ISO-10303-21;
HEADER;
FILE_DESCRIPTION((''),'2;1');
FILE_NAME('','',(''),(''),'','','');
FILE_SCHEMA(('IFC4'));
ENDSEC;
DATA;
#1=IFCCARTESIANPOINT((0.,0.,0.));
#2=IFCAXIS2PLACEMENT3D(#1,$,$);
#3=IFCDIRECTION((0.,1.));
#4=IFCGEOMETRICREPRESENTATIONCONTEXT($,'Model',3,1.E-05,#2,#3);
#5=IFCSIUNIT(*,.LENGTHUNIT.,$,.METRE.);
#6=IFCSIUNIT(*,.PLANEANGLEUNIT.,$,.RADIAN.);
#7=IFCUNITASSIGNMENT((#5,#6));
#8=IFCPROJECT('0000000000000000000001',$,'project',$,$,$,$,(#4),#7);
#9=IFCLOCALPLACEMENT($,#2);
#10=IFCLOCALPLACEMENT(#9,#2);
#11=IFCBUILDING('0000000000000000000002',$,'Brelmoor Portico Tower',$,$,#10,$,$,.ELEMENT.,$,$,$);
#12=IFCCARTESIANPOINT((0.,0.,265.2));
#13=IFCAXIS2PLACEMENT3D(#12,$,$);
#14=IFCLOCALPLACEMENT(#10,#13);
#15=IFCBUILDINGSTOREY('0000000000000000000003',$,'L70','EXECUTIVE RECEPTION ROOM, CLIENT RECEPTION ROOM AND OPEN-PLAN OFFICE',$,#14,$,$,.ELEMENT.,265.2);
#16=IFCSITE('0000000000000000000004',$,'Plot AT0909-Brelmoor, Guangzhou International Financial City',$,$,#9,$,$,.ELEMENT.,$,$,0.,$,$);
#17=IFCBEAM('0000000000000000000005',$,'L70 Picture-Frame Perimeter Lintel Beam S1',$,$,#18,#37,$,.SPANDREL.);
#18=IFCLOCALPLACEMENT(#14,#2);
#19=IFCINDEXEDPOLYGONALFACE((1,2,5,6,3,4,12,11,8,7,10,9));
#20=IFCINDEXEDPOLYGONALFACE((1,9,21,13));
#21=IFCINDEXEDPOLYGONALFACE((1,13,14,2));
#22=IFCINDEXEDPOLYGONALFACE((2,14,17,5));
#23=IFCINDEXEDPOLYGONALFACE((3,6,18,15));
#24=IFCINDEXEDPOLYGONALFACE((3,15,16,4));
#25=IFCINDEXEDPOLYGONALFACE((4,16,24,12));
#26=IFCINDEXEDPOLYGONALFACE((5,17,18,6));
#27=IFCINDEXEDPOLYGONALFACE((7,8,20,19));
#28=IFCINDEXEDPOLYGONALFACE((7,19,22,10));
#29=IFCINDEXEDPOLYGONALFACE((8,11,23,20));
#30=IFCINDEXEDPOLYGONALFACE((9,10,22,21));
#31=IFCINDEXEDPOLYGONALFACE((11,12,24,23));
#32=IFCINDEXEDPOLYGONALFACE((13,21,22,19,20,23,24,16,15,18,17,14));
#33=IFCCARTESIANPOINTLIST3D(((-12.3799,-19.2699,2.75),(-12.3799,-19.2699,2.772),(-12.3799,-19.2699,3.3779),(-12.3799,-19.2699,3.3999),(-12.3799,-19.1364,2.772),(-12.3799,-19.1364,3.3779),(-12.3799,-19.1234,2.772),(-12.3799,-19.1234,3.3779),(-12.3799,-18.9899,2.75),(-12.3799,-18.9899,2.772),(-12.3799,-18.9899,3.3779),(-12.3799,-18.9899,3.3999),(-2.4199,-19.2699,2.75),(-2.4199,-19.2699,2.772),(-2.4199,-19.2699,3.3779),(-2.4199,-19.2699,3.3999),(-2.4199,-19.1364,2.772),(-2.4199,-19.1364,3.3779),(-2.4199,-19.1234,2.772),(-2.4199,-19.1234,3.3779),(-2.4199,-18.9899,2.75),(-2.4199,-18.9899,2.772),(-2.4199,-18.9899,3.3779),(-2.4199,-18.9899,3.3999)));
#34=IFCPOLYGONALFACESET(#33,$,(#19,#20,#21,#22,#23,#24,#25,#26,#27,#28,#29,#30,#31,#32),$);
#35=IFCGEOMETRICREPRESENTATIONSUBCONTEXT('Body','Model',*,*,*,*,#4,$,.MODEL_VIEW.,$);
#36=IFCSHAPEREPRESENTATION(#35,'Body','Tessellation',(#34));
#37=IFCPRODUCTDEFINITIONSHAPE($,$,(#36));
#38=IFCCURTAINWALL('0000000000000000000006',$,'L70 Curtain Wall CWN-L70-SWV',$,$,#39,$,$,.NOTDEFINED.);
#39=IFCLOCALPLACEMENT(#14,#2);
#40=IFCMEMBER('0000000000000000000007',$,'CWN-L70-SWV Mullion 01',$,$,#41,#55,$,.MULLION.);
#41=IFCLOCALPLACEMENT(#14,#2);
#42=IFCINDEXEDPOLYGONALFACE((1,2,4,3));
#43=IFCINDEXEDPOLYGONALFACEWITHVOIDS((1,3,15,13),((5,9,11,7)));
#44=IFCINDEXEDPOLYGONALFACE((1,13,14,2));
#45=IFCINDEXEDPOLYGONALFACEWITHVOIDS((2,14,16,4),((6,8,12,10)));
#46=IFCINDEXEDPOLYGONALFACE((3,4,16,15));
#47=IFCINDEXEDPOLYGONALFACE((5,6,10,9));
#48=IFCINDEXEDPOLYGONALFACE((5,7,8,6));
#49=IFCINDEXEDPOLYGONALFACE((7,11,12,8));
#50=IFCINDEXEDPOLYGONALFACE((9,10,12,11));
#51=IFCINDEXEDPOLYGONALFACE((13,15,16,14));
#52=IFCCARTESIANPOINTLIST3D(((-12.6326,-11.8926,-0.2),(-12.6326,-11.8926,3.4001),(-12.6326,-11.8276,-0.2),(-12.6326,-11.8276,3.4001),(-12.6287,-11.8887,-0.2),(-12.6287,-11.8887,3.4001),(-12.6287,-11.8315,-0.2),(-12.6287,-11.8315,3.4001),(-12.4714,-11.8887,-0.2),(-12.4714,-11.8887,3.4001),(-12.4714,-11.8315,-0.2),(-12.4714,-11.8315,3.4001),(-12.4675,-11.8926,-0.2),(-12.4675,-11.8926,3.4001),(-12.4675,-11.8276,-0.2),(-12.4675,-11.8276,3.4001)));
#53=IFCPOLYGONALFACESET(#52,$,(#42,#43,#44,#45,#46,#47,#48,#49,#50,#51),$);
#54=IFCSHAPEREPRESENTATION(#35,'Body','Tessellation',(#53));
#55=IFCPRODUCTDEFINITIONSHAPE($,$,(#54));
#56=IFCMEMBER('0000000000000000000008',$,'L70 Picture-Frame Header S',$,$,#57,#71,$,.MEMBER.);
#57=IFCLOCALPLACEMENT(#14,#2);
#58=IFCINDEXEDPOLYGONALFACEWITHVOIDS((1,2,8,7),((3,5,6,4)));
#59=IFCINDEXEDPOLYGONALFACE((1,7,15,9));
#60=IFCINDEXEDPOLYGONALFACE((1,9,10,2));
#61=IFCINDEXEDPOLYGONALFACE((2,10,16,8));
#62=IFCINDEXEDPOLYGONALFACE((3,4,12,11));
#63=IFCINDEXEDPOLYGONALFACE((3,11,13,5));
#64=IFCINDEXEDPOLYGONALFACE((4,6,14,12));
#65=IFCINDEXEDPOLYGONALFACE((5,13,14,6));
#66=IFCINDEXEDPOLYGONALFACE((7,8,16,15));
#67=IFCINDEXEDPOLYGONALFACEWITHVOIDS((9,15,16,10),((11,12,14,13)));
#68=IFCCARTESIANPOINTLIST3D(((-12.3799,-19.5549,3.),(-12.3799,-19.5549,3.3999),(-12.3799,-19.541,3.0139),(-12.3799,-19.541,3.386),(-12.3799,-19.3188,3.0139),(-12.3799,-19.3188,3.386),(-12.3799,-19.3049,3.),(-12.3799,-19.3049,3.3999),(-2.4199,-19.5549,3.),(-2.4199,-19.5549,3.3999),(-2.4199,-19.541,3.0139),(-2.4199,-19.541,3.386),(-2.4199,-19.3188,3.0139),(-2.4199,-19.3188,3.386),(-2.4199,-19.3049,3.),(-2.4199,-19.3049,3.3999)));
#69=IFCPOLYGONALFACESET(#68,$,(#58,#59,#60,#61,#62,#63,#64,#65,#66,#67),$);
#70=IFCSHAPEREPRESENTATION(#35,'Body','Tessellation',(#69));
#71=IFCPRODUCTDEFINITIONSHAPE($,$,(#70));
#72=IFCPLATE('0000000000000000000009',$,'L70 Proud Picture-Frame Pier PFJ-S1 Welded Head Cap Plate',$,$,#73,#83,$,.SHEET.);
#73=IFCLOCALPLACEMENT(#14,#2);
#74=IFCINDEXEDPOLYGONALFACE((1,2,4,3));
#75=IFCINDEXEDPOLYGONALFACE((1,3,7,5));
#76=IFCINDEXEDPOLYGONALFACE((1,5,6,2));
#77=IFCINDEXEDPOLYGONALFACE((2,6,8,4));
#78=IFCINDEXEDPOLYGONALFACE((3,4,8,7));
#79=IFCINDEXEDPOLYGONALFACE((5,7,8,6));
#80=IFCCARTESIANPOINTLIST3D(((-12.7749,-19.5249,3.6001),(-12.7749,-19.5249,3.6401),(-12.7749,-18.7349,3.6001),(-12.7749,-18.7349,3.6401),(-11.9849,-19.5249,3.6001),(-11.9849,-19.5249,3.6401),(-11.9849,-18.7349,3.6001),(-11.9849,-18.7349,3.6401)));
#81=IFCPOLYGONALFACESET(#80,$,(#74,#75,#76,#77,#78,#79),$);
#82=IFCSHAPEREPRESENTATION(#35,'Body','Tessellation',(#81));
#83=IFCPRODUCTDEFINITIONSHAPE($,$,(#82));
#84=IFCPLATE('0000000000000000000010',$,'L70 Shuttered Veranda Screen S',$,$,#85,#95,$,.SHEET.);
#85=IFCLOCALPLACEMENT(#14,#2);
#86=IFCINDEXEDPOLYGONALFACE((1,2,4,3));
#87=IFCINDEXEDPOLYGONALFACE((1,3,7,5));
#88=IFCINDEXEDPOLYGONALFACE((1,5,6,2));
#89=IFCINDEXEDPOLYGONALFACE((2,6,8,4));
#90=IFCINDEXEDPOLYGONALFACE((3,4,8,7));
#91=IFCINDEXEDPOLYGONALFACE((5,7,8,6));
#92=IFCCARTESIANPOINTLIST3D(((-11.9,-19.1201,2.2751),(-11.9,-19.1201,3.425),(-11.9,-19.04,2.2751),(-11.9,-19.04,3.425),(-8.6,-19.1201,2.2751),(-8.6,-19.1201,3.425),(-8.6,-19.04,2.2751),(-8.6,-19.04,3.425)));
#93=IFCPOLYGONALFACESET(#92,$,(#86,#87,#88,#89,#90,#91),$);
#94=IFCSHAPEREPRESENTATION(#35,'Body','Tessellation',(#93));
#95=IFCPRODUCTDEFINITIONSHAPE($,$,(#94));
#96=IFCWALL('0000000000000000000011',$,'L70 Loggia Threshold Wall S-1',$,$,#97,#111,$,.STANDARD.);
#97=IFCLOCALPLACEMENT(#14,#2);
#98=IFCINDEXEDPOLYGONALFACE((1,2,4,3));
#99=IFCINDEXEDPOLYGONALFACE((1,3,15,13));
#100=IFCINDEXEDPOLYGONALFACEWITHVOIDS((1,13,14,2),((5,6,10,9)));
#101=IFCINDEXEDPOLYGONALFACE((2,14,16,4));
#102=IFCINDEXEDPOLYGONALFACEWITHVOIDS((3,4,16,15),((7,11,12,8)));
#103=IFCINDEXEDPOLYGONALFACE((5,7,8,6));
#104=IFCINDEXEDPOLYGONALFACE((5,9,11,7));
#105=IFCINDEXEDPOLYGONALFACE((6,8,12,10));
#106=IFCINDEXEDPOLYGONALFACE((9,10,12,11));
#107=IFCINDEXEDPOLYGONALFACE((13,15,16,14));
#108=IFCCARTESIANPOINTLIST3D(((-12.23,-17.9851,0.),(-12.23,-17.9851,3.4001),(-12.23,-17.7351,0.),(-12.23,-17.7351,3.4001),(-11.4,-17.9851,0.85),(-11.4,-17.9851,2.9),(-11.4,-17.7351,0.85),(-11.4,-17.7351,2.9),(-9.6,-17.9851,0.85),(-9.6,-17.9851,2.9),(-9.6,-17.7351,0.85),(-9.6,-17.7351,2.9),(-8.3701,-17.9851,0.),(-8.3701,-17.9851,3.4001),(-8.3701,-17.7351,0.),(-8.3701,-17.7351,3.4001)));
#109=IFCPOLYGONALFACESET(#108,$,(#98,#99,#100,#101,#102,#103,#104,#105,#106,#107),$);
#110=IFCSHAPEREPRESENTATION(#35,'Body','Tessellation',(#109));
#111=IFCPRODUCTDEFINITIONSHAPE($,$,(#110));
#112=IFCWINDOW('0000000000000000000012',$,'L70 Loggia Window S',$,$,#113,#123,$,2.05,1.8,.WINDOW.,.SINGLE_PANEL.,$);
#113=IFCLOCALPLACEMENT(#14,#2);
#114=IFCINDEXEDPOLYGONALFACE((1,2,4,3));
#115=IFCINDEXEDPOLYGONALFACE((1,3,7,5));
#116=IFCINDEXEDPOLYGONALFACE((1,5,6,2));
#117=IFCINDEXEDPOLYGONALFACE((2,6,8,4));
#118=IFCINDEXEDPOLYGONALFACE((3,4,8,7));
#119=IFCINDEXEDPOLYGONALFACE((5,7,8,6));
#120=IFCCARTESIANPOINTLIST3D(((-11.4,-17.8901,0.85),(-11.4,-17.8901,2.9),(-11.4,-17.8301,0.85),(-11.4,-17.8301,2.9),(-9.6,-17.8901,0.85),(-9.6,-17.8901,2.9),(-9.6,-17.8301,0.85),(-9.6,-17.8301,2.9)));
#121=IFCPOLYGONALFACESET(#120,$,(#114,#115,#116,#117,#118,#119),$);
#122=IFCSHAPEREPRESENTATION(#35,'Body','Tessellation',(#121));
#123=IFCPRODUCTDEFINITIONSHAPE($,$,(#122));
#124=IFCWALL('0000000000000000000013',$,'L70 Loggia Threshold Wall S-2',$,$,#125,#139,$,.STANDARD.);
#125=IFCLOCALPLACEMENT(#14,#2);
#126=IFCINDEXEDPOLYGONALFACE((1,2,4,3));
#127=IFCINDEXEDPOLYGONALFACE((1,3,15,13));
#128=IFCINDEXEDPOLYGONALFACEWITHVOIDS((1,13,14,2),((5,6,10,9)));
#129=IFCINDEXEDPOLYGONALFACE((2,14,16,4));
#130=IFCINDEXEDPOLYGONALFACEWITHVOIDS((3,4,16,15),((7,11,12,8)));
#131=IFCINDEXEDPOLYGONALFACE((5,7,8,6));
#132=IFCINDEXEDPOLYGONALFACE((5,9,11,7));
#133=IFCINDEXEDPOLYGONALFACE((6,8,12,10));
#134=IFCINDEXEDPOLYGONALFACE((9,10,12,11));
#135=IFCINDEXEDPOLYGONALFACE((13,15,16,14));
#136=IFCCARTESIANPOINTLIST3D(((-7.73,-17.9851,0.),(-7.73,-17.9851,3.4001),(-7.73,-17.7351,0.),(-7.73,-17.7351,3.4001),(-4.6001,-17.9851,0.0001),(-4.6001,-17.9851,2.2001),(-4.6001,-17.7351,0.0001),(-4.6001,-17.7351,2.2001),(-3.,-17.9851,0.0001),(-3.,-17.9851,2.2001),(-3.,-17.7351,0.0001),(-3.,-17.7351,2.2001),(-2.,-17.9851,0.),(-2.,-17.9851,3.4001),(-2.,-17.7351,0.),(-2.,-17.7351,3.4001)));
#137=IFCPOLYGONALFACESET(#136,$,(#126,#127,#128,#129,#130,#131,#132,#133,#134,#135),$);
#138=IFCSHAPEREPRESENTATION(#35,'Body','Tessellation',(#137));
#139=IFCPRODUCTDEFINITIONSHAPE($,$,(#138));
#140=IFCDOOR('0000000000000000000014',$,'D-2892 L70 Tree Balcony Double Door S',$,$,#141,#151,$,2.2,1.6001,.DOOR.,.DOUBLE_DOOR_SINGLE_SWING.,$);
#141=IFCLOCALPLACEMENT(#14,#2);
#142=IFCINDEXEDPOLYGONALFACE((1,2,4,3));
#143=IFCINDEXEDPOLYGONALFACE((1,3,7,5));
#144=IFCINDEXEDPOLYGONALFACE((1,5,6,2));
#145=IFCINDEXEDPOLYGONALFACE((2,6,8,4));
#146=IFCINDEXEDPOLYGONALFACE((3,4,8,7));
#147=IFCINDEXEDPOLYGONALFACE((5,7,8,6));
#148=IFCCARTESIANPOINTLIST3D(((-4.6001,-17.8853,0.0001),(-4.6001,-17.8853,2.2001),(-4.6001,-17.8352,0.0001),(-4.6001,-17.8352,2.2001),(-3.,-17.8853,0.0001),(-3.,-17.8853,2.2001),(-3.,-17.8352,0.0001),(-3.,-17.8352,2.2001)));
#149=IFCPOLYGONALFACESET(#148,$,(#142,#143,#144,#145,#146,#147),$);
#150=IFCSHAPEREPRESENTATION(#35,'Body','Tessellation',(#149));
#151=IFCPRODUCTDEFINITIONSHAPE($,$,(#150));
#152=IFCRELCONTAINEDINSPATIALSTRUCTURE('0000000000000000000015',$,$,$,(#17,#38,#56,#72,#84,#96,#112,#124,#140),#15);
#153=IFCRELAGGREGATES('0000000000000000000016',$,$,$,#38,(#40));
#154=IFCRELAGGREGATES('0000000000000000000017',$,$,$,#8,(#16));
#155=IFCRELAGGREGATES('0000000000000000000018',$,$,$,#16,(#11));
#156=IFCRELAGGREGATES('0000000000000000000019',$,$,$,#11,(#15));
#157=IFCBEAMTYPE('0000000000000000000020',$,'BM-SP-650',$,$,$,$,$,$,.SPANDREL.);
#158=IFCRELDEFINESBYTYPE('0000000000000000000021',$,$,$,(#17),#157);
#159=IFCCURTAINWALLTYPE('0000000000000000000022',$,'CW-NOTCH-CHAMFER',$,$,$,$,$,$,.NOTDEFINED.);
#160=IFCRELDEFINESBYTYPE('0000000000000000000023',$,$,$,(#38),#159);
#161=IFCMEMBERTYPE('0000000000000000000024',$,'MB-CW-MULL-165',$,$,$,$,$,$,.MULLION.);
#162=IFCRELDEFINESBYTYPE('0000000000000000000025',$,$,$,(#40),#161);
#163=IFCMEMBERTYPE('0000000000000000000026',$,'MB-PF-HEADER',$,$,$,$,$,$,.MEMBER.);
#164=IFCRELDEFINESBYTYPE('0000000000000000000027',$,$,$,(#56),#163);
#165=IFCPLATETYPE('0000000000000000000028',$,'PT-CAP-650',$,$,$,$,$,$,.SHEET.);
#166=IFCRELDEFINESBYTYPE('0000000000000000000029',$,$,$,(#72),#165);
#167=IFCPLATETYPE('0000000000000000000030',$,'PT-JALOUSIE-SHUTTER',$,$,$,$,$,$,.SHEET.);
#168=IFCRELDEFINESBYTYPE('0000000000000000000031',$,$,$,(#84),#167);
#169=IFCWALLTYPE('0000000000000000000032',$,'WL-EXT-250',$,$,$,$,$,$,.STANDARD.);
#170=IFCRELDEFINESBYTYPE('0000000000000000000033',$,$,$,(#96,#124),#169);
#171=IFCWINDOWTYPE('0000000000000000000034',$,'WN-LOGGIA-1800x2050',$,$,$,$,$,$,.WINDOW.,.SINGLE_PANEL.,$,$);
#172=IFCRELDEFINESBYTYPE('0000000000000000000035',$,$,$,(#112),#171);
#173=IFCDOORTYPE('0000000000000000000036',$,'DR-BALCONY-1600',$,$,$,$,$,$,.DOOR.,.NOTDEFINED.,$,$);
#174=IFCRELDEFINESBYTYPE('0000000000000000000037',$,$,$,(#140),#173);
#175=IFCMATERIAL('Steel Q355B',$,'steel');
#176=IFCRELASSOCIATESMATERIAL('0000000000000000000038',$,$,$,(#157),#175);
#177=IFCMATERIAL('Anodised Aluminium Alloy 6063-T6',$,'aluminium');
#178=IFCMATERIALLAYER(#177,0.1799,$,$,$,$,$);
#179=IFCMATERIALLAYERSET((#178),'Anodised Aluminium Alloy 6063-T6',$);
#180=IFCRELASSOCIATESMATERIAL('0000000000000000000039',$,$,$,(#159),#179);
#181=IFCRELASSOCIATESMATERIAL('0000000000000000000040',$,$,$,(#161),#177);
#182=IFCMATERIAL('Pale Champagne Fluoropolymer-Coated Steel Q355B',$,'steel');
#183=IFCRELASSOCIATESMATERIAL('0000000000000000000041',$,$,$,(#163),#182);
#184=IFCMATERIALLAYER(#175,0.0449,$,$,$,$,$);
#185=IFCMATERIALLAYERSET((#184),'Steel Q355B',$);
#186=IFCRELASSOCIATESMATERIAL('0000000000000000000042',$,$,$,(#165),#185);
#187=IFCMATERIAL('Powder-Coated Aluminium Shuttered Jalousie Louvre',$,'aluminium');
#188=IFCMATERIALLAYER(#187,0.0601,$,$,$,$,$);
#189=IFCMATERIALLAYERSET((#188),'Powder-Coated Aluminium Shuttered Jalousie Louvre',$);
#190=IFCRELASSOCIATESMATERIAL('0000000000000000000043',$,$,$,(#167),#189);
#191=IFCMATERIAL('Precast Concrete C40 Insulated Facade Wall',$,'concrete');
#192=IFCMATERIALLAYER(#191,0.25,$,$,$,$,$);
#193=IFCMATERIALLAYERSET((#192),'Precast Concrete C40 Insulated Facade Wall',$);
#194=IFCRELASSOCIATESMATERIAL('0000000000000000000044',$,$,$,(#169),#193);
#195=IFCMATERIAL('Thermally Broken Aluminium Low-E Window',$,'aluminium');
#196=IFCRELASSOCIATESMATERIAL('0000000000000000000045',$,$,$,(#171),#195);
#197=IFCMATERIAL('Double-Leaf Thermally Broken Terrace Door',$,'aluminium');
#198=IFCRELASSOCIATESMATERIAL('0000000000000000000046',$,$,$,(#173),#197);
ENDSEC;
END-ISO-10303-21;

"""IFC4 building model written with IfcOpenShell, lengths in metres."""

from ifc_helpers import new_model, si_unit, direction, frame, frame_2d, origin, origin_2d, place, context, subcontext, project, spatial, rectangle, hollow_rectangle, i_section, extrude, material, layer, layer_set, material_profile, profile_set, type_object, element, fill, aggregate, save


model = new_model("IFC4")

# Units and contexts
model_context = context("Model", 3, precision=1e-05, world=origin(), true_north=direction((0.0, 1.0)))
body_context = subcontext(model_context, "Body", "Model", "MODEL_VIEW")
ifc_project = project(units=[si_unit("LENGTHUNIT", "METRE"), si_unit("PLANEANGLEUNIT", "RADIAN")], contexts=[model_context])

# Site, building, storey
site_placement = place(None, origin())
site = spatial("IfcSite", under=ifc_project, at=site_placement, Name="Plot AT0909-Brelmoor, Guangzhou International Financial City", CompositionType="ELEMENT", RefElevation=0.0)
building_placement = place(site_placement, origin())
building = spatial("IfcBuilding", under=site, at=building_placement, Name="Brelmoor Portico Tower", CompositionType="ELEMENT")
storey_placement = place(building_placement, frame((0.0, 0.0, 265.2)))
storey = spatial("IfcBuildingStorey", under=building, at=storey_placement, Name="L70", Description="EXECUTIVE RECEPTION ROOM, CLIENT RECEPTION ROOM AND OPEN-PLAN OFFICE", CompositionType="ELEMENT", Elevation=265.2)

# Shared definitions
ifc_material_1 = material(Name="Steel Q355B", Category="steel")

# Beam
ifc_material_profile_1 = material_profile(ifc_material_1, i_section(OverallWidth=0.28, OverallDepth=0.6499, WebThickness=0.0129, FlangeThickness=0.022, at=origin_2d()), Name="HN 650x280x13x22")
ifc_profile_set_1 = profile_set([ifc_material_profile_1], Name="Steel Q355B")
beam_type_1 = type_object("IfcBeamType", Name="BM-SP-650", PredefinedType="SPANDREL", material=ifc_profile_set_1)
beam_1_placement = place(storey_placement, frame((-12.3799, -19.1299, 3.075), z_axis=(1.0, 0.0, 0.0), x_axis=(0.0, 1.0, 0.0)))
element("IfcBeam", 1, at=beam_1_placement, inside=storey, type_object=beam_type_1, Name="L70 Picture-Frame Perimeter Lintel Beam S1", PredefinedType="SPANDREL", context=body_context, shape_type="SweptSolid", body=[
    extrude(i_section(OverallWidth=0.28, OverallDepth=0.6499, WebThickness=0.0129, FlangeThickness=0.022, at=origin_2d()), origin(), (0.0, 0.0, 1.0), 9.96),
])

# Curtain wall, member
ifc_material_2 = material(Name="Anodised Aluminium Alloy 6063-T6", Category="aluminium")
ifc_layer_1 = layer(ifc_material_2, 0.1799)
ifc_layer_set_1 = layer_set([ifc_layer_1], Name="Anodised Aluminium Alloy 6063-T6")
curtain_wall_type = type_object("IfcCurtainWallType", Name="CW-NOTCH-CHAMFER", PredefinedType="NOTDEFINED", material=ifc_layer_set_1)
curtain_wall_placement = place(storey_placement, origin())
curtain_wall = element("IfcCurtainWall", 2, at=curtain_wall_placement, inside=storey, type_object=curtain_wall_type, Name="L70 Curtain Wall CWN-L70-SWV", PredefinedType="NOTDEFINED")
ifc_material_profile_2 = material_profile(ifc_material_2, hollow_rectangle(XDim=0.0649, YDim=0.165, WallThickness=0.0039, at=origin_2d()), Name="ALU MULLION 65x165")
ifc_profile_set_2 = profile_set([ifc_material_profile_2], Name="Anodised Aluminium Alloy 6063-T6")
member_type_1 = type_object("IfcMemberType", Name="MB-CW-MULL-165", PredefinedType="MULLION", material=ifc_profile_set_2)
member_1_placement = place(storey_placement, frame((-12.55, -11.8601, -0.2), z_axis=(0.0, 0.0, 1.0), x_axis=(0.0, 1.0, 0.0)))
member_1 = element("IfcMember", 3, at=member_1_placement, type_object=member_type_1, Name="CWN-L70-SWV Mullion 01", PredefinedType="MULLION", context=body_context, shape_type="SweptSolid", body=[
    extrude(hollow_rectangle(XDim=0.0649, YDim=0.165, WallThickness=0.0039, at=origin_2d()), origin(), (0.0, 0.0, 1.0), 3.6001),
])
aggregate(curtain_wall, [member_1])

# Member
ifc_material_3 = material(Name="Pale Champagne Fluoropolymer-Coated Steel Q355B", Category="steel")
ifc_material_profile_3 = material_profile(ifc_material_3, hollow_rectangle(XDim=0.25, YDim=0.3999, WallThickness=0.0139, at=origin_2d()), Name="RHS 250x400x14")
ifc_profile_set_3 = profile_set([ifc_material_profile_3], Name="Pale Champagne Fluoropolymer-Coated Steel Q355B")
member_type_2 = type_object("IfcMemberType", Name="MB-PF-HEADER", PredefinedType="MEMBER", material=ifc_profile_set_3)
member_2_placement = place(storey_placement, frame((-12.3799, -19.4299, 3.2), z_axis=(1.0, 0.0, 0.0), x_axis=(0.0, 1.0, 0.0)))
element("IfcMember", 4, at=member_2_placement, inside=storey, type_object=member_type_2, Name="L70 Picture-Frame Header S", PredefinedType="MEMBER", context=body_context, shape_type="SweptSolid", body=[
    extrude(hollow_rectangle(XDim=0.25, YDim=0.3999, WallThickness=0.0139, at=origin_2d()), origin(), (0.0, 0.0, 1.0), 9.96),
])

# Plates
ifc_layer_2 = layer(ifc_material_1, 0.0449)
ifc_layer_set_2 = layer_set([ifc_layer_2], Name="Steel Q355B")
plate_type_1 = type_object("IfcPlateType", Name="PT-CAP-650", PredefinedType="SHEET", material=ifc_layer_set_2)
plate_1_placement = place(storey_placement, frame((-12.3799, -19.1299, 3.6001), z_axis=(0.0, 0.0, 1.0), x_axis=(1.0, 0.0, 0.0)))
element("IfcPlate", 5, at=plate_1_placement, inside=storey, type_object=plate_type_1, Name="L70 Proud Picture-Frame Pier PFJ-S1 Welded Head Cap Plate", PredefinedType="SHEET", context=body_context, shape_type="SweptSolid", body=[
    extrude(rectangle(XDim=0.79, YDim=0.79, at=origin_2d()), origin(), (0.0, 0.0, 1.0), 0.04),
])
ifc_material_4 = material(Name="Powder-Coated Aluminium Shuttered Jalousie Louvre", Category="aluminium")
ifc_layer_3 = layer(ifc_material_4, 0.0601)
ifc_layer_set_3 = layer_set([ifc_layer_3], Name="Powder-Coated Aluminium Shuttered Jalousie Louvre")
plate_type_2 = type_object("IfcPlateType", Name="PT-JALOUSIE-SHUTTER", PredefinedType="SHEET", material=ifc_layer_set_3)
plate_2_placement = place(storey_placement, frame((-10.25, -19.0801, 2.2751), z_axis=(0.0, 0.0, 1.0), x_axis=(1.0, 0.0, 0.0)))
element("IfcPlate", 6, at=plate_2_placement, inside=storey, type_object=plate_type_2, Name="L70 Shuttered Veranda Screen S", PredefinedType="SHEET", context=body_context, shape_type="SweptSolid", body=[
    extrude(rectangle(XDim=3.3, YDim=0.0801, at=origin_2d()), origin(), (0.0, 0.0, 1.0), 1.1499),
])

# Wall, opening, window
ifc_material_5 = material(Name="Precast Concrete C40 Insulated Facade Wall", Category="concrete")
ifc_layer_4 = layer(ifc_material_5, 0.25)
ifc_layer_set_4 = layer_set([ifc_layer_4], Name="Precast Concrete C40 Insulated Facade Wall")
wall_type_1 = type_object("IfcWallType", Name="WL-EXT-250", PredefinedType="STANDARD", material=ifc_layer_set_4)
wall_1_placement = place(storey_placement, frame((-12.23, -17.8601, 0.0), z_axis=(0.0, 0.0, 1.0), x_axis=(1.0, 0.0, 0.0)))
wall_1 = element("IfcWall", 7, at=wall_1_placement, inside=storey, type_object=wall_type_1, Name="L70 Loggia Threshold Wall S-1", PredefinedType="STANDARD", context=body_context, shape_type="SweptSolid", body=[
    extrude(rectangle(XDim=3.8599, YDim=0.25, at=frame_2d((1.9299, 0.0))), origin(), (0.0, 0.0, 1.0), 3.4001),
])
opening_1_placement = place(wall_1_placement, frame((0.8301, 0.0, 0.8501)))
opening_1 = element("IfcOpeningElement", 8, at=opening_1_placement, cuts=wall_1, PredefinedType="OPENING", context=body_context, shape_type="SweptSolid", body=[
    extrude(rectangle(XDim=1.8, YDim=2.05, at=frame_2d((0.8999, 1.0249))), frame((0.0, 0.135, 0.0), z_axis=(0.0, -1.0, 0.0), x_axis=(1.0, 0.0, 0.0)), (0.0, 0.0, 1.0), 0.27),
])
ifc_material_6 = material(Name="Thermally Broken Aluminium Low-E Window", Category="aluminium")
window_type = type_object("IfcWindowType", Name="WN-LOGGIA-1800x2050", PartitioningType="SINGLE_PANEL", PredefinedType="WINDOW", material=ifc_material_6)
window_placement = place(opening_1_placement, origin())
window = element("IfcWindow", 9, at=window_placement, inside=storey, type_object=window_type, Name="L70 Loggia Window S", OverallHeight=2.05, OverallWidth=1.8, PartitioningType="SINGLE_PANEL", PredefinedType="WINDOW", context=body_context, shape_type="SweptSolid", body=[
    extrude(rectangle(XDim=1.8, YDim=2.05, at=frame_2d((0.8999, 1.0249))), frame((0.0, 0.03, 0.0), z_axis=(0.0, -1.0, 0.0), x_axis=(1.0, 0.0, 0.0)), (0.0, 0.0, 1.0), 0.0601),
])
fill(opening_1, window)

# Wall, opening, door
wall_2_placement = place(storey_placement, frame((-7.73, -17.8601, 0.0), z_axis=(0.0, 0.0, 1.0), x_axis=(1.0, 0.0, 0.0)))
wall_2 = element("IfcWall", 10, at=wall_2_placement, inside=storey, type_object=wall_type_1, Name="L70 Loggia Threshold Wall S-2", PredefinedType="STANDARD", context=body_context, shape_type="SweptSolid", body=[
    extrude(rectangle(XDim=5.73, YDim=0.25, at=frame_2d((2.865, 0.0))), origin(), (0.0, 0.0, 1.0), 3.4001),
])
opening_2_placement = place(wall_2_placement, frame((3.1299, 0.0, 0.0)))
opening_2 = element("IfcOpeningElement", 11, at=opening_2_placement, cuts=wall_2, PredefinedType="OPENING", context=body_context, shape_type="SweptSolid", body=[
    extrude(rectangle(XDim=1.6001, YDim=2.2, at=frame_2d((0.8, 1.1001))), frame((0.0, 0.135, 0.0), z_axis=(0.0, -1.0, 0.0), x_axis=(1.0, 0.0, 0.0)), (0.0, 0.0, 1.0), 0.27),
])
ifc_material_7 = material(Name="Double-Leaf Thermally Broken Terrace Door", Category="aluminium")
door_type_1 = type_object("IfcDoorType", Name="DR-BALCONY-1600", OperationType="NOTDEFINED", PredefinedType="DOOR", material=ifc_material_7)
door_1_placement = place(opening_2_placement, origin())
door_1 = element("IfcDoor", 12, at=door_1_placement, inside=storey, type_object=door_type_1, Name="D-2892 L70 Tree Balcony Double Door S", OperationType="DOUBLE_DOOR_SINGLE_SWING", OverallHeight=2.2, OverallWidth=1.6001, PredefinedType="DOOR", context=body_context, shape_type="SweptSolid", body=[
    extrude(rectangle(XDim=1.6001, YDim=2.2, at=frame_2d((0.8, 1.1001))), frame((0.0, 0.0249, 0.0), z_axis=(0.0, -1.0, 0.0), x_axis=(1.0, 0.0, 0.0)), (0.0, 0.0, 1.0), 0.05),
])
fill(opening_2, door_1)

save(model, "model.ifc")
